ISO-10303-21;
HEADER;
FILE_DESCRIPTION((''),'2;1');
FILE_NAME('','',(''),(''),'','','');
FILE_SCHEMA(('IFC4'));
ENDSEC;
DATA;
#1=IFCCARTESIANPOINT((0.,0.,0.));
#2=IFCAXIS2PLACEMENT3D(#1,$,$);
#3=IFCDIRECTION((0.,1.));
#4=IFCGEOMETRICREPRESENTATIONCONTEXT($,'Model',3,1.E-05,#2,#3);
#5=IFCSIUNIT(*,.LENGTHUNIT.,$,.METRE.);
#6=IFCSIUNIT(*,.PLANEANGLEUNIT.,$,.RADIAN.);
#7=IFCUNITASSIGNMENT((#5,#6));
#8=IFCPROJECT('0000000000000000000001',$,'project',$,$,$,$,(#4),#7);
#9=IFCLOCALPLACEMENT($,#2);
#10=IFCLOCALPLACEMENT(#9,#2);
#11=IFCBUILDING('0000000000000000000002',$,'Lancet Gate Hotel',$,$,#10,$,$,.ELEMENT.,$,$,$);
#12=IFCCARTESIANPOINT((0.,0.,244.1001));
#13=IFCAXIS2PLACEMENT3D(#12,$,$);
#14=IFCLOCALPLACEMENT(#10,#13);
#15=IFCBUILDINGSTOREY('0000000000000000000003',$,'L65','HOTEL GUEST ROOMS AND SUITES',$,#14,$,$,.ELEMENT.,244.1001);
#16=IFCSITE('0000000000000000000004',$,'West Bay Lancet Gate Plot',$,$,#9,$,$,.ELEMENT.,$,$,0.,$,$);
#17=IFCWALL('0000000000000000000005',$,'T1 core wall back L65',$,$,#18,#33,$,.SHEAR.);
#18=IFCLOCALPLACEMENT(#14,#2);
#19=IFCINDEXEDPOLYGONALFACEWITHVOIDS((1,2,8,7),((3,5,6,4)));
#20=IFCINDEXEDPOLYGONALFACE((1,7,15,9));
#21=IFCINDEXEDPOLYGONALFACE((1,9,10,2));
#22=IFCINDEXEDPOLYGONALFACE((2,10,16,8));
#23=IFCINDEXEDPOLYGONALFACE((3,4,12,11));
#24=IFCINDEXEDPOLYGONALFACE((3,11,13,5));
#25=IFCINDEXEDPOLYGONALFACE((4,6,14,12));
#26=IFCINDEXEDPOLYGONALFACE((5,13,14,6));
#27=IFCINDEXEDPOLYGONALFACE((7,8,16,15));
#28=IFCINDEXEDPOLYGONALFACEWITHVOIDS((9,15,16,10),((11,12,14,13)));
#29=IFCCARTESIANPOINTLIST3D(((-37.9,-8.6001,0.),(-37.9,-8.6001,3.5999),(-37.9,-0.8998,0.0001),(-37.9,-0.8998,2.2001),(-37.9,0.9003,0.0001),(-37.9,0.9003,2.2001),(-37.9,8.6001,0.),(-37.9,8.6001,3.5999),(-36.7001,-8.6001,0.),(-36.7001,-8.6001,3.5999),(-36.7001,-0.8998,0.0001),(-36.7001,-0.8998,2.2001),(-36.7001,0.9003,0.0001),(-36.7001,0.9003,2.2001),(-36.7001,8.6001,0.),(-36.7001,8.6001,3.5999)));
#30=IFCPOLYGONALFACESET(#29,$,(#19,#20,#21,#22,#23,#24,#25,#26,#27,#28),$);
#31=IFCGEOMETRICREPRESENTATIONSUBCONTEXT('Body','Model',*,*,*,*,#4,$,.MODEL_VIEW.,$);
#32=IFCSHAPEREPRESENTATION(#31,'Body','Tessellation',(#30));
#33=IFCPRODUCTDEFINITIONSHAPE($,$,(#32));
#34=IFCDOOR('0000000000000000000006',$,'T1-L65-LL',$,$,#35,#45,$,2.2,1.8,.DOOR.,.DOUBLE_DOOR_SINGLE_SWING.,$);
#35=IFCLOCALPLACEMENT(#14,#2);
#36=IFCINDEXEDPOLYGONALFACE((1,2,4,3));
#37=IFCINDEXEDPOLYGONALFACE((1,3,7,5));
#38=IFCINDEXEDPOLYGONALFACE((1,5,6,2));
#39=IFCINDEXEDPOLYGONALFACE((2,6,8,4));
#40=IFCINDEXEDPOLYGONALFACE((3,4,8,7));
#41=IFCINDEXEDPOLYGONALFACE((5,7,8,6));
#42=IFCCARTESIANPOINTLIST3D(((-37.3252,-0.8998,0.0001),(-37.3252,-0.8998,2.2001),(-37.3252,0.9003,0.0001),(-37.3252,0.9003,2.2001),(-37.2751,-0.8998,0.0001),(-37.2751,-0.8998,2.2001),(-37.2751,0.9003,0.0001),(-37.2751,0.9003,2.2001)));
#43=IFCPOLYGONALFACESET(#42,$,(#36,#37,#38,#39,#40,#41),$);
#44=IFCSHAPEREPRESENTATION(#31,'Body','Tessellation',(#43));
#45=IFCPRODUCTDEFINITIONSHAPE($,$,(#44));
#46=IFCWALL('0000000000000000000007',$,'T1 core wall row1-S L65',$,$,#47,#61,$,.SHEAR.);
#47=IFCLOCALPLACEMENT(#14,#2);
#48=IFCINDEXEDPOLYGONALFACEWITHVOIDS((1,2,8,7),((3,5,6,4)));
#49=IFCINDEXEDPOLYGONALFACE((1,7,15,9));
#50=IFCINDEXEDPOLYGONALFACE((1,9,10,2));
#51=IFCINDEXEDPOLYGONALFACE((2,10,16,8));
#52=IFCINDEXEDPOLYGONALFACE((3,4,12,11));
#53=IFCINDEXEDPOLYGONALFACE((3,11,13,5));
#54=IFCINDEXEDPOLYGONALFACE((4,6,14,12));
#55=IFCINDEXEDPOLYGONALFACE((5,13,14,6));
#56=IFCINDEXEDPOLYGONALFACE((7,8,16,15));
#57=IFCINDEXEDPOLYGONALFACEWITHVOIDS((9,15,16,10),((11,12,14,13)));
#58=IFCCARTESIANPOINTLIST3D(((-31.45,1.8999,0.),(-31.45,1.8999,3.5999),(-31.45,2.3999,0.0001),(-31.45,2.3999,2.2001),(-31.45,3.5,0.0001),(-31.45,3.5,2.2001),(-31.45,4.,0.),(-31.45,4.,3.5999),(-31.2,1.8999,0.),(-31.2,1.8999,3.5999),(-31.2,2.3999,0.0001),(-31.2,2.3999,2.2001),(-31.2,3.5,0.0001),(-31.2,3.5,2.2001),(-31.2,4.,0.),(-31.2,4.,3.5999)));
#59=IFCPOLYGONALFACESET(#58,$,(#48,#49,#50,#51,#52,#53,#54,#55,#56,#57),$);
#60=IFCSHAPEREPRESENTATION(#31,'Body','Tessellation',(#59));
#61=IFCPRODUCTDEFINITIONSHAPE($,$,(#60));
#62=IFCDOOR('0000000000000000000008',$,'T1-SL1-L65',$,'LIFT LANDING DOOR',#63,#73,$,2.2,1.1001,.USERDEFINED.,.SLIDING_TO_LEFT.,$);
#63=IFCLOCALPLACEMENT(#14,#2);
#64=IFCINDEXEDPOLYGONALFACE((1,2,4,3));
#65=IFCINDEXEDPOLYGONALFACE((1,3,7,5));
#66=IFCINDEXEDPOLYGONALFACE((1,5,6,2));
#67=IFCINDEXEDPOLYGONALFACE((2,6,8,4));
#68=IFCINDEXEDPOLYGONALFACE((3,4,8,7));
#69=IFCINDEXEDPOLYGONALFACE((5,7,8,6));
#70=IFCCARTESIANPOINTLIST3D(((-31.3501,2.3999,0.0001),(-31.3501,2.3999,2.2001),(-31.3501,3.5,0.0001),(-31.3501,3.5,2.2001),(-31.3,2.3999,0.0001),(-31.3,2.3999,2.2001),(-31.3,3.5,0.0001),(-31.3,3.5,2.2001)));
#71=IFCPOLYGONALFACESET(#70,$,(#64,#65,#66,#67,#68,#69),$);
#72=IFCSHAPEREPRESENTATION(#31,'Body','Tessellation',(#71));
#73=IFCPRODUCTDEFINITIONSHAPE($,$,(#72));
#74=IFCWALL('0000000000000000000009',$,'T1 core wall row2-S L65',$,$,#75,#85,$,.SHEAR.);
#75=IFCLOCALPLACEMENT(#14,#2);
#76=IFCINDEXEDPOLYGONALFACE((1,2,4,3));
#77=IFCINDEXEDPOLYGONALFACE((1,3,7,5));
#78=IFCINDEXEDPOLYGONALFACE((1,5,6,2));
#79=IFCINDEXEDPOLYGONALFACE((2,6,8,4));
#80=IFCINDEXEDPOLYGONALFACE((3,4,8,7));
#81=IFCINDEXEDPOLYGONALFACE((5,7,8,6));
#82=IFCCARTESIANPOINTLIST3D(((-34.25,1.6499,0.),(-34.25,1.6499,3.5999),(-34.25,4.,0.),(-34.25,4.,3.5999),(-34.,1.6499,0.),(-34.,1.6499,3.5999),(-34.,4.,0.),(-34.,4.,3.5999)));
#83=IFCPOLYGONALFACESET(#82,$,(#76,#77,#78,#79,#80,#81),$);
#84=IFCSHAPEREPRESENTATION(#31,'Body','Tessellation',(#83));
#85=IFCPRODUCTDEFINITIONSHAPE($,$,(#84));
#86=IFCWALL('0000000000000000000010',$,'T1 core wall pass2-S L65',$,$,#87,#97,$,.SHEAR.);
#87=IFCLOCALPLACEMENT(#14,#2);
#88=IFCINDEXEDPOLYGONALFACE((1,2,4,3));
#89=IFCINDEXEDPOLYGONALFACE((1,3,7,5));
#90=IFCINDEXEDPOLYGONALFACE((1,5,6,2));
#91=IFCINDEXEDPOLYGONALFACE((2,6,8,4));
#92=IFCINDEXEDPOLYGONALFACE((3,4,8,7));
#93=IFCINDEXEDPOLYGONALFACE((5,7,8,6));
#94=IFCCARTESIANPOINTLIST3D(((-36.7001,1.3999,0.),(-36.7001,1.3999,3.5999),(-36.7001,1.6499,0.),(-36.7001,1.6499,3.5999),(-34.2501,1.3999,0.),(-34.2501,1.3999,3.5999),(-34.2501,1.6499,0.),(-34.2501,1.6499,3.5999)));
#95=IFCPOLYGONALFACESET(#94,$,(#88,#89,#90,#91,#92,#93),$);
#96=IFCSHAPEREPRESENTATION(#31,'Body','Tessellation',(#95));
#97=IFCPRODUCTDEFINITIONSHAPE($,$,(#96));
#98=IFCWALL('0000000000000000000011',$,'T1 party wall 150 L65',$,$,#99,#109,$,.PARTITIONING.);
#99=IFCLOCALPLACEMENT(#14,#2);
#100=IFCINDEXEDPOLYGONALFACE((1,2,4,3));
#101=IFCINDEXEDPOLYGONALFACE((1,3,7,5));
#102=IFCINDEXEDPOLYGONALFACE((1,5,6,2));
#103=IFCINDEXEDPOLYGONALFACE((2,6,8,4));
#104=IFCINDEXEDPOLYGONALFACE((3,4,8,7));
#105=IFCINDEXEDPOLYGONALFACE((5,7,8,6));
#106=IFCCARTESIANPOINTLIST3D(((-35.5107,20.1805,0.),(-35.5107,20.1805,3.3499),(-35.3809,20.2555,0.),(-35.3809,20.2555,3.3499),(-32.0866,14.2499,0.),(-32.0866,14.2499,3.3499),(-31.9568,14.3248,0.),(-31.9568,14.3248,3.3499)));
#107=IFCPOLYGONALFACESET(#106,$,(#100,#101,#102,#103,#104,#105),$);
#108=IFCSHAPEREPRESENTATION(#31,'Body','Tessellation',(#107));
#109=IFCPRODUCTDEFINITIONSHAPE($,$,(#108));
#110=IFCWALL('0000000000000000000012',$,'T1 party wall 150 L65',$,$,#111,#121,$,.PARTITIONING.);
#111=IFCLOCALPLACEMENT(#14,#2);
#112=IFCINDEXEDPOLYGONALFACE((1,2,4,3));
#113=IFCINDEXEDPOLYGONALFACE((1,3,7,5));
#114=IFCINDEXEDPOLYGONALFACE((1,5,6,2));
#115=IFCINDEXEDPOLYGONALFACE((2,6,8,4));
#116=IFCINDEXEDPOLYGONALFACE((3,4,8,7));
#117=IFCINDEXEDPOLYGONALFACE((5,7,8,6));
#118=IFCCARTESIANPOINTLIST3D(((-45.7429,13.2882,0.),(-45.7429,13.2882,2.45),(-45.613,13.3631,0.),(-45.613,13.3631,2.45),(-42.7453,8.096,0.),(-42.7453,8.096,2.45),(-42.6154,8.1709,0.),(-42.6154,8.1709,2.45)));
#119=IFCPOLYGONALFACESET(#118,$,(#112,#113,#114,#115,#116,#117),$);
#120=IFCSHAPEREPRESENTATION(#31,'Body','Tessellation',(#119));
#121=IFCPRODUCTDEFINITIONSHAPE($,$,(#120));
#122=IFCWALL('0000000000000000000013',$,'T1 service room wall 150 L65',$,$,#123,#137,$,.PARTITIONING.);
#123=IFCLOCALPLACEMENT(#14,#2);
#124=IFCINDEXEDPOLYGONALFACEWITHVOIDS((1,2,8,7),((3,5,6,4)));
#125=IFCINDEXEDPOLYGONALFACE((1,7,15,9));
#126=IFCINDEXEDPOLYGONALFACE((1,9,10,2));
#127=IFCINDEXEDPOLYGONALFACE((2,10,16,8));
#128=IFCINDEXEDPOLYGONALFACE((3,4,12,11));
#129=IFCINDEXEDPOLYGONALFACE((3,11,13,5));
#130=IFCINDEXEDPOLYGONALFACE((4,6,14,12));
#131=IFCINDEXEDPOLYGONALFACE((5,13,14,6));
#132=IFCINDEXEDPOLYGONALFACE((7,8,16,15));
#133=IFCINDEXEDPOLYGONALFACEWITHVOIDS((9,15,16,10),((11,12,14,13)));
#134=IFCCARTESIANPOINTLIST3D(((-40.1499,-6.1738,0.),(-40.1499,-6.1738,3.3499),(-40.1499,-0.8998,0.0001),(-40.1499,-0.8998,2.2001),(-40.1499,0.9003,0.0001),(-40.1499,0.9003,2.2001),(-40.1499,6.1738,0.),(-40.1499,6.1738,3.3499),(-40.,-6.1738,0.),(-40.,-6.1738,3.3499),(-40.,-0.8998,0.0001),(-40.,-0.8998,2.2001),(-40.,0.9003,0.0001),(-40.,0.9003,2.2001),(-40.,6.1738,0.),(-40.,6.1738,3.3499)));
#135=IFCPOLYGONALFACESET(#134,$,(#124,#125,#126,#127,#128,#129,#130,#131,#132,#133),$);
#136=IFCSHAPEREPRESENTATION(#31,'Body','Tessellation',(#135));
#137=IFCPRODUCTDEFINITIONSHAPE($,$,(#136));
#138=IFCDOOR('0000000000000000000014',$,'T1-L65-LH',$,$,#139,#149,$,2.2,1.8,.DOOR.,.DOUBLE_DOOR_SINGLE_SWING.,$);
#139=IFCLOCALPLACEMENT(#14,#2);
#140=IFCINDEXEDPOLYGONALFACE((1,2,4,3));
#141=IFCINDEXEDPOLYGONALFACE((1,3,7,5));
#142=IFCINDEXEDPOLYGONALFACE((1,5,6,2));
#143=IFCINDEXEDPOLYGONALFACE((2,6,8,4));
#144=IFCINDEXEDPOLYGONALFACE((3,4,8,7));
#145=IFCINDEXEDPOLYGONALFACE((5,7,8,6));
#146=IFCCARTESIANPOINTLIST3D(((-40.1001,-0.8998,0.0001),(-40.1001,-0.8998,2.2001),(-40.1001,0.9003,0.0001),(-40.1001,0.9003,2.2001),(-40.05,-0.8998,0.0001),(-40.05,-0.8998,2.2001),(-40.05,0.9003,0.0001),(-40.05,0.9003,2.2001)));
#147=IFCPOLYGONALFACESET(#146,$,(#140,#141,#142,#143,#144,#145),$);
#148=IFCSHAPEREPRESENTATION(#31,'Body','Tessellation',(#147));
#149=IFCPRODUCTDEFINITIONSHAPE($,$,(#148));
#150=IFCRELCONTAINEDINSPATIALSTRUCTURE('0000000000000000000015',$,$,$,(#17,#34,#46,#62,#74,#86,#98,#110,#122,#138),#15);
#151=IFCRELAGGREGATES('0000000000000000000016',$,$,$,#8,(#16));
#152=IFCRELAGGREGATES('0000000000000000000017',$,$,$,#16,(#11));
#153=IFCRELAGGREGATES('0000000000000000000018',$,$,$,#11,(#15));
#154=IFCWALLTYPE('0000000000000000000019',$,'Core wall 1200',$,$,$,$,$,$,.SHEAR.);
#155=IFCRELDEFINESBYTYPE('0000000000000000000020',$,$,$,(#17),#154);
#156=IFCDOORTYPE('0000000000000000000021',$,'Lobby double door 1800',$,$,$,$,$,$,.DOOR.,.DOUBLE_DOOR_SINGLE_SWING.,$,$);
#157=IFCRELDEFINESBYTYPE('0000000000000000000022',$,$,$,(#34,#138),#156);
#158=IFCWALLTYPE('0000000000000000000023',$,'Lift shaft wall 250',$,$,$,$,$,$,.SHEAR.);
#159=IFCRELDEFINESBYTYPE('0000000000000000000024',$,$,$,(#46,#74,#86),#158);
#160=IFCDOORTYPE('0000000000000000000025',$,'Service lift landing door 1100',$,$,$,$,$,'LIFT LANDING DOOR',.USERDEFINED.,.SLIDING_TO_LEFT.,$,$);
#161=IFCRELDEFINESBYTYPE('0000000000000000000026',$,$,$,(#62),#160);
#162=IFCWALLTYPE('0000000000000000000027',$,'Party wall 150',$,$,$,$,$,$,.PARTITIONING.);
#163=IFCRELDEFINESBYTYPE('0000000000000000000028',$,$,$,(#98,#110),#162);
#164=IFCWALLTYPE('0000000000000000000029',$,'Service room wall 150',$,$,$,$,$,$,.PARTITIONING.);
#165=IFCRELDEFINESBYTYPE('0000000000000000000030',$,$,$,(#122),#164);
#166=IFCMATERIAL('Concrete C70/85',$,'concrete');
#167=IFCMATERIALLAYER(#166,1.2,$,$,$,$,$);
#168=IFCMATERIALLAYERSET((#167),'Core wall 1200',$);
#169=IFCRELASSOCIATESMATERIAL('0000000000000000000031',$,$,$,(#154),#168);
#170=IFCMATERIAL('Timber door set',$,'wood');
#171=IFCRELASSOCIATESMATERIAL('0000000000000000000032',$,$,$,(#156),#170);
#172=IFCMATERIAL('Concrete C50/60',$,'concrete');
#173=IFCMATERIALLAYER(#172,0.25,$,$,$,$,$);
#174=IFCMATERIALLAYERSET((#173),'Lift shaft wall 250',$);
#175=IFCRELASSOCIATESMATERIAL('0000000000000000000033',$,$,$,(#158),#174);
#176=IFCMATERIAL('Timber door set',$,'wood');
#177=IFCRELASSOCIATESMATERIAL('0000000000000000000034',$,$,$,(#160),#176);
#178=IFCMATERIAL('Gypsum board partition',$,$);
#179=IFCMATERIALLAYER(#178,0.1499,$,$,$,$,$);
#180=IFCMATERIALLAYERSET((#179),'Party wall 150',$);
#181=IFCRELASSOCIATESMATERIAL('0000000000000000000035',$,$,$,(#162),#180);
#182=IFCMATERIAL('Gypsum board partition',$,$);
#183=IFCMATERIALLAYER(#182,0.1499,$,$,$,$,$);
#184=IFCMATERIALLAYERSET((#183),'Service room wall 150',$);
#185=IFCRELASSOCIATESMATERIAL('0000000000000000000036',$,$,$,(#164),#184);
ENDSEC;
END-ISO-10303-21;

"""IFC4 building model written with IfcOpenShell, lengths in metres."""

from ifc_helpers import new_model, si_unit, direction, frame, frame_2d, origin, place, context, subcontext, project, spatial, rectangle, extrude, material, layer, layer_set, type_object, element, fill, save


model = new_model("IFC4")

# Units and contexts
model_context = context("Model", 3, precision=1e-05, world=origin(), true_north=direction((0.0, 1.0)))
body_context = subcontext(model_context, "Body", "Model", "MODEL_VIEW")
ifc_project = project(units=[si_unit("LENGTHUNIT", "METRE"), si_unit("PLANEANGLEUNIT", "RADIAN")], contexts=[model_context])

# Site, building, storey
site_placement = place(None, origin())
site = spatial("IfcSite", under=ifc_project, at=site_placement, Name="West Bay Lancet Gate Plot", CompositionType="ELEMENT", RefElevation=0.0)
building_placement = place(site_placement, origin())
building = spatial("IfcBuilding", under=site, at=building_placement, Name="Lancet Gate Hotel", CompositionType="ELEMENT")
storey_placement = place(building_placement, frame((0.0, 0.0, 244.1001)))
storey = spatial("IfcBuildingStorey", under=building, at=storey_placement, Name="L65", Description="HOTEL GUEST ROOMS AND SUITES", CompositionType="ELEMENT", Elevation=244.1001)

# Walls, openings, doors
ifc_material_1 = material(Name="Concrete C70/85", Category="concrete")
ifc_layer_1 = layer(ifc_material_1, 1.2)
ifc_layer_set_1 = layer_set([ifc_layer_1], Name="Core wall 1200")
wall_type_1 = type_object("IfcWallType", Name="Core wall 1200", PredefinedType="SHEAR", material=ifc_layer_set_1)
wall_1_placement = place(storey_placement, frame((-37.3, 8.6001, 0.0), z_axis=(0.0, 0.0, 1.0), x_axis=(0.0, -1.0, 0.0)))
wall_1 = element("IfcWall", 1, at=wall_1_placement, inside=storey, type_object=wall_type_1, Name="T1 core wall back L65", PredefinedType="SHEAR", context=body_context, shape_type="SweptSolid", body=[
    extrude(rectangle(XDim=17.2002, YDim=1.2, at=frame_2d((8.6001, 0.0))), origin(), (0.0, 0.0, 1.0), 3.5999),
])
opening_1_placement = place(wall_1_placement, frame((7.7, 0.0, 0.0)))
opening_1 = element("IfcOpeningElement", 2, at=opening_1_placement, cuts=wall_1, PredefinedType="OPENING", context=body_context, shape_type="SweptSolid", body=[
    extrude(rectangle(XDim=1.8, YDim=2.2, at=frame_2d((0.8999, 1.1001))), frame((0.0, 0.6099, 0.0), z_axis=(0.0, -1.0, 0.0), x_axis=(1.0, 0.0, 0.0)), (0.0, 0.0, 1.0), 1.22),
])
ifc_material_2 = material(Name="Timber door set", Category="wood")
door_type_1 = type_object("IfcDoorType", Name="Lobby double door 1800", OperationType="DOUBLE_DOOR_SINGLE_SWING", PredefinedType="DOOR", material=ifc_material_2)
door_1_placement = place(opening_1_placement, origin())
door_1 = element("IfcDoor", 3, at=door_1_placement, inside=storey, type_object=door_type_1, Name="T1-L65-LL", OperationType="DOUBLE_DOOR_SINGLE_SWING", OverallHeight=2.2, OverallWidth=1.8, PredefinedType="DOOR", context=body_context, shape_type="SweptSolid", body=[
    extrude(rectangle(XDim=1.8, YDim=2.2, at=frame_2d((0.8999, 1.1001))), frame((0.0, 0.0249, 0.0), z_axis=(0.0, -1.0, 0.0), x_axis=(1.0, 0.0, 0.0)), (0.0, 0.0, 1.0), 0.05),
])
fill(opening_1, door_1)
ifc_material_3 = material(Name="Concrete C50/60", Category="concrete")
ifc_layer_2 = layer(ifc_material_3, 0.25)
ifc_layer_set_2 = layer_set([ifc_layer_2], Name="Lift shaft wall 250")
wall_type_2 = type_object("IfcWallType", Name="Lift shaft wall 250", PredefinedType="SHEAR", material=ifc_layer_set_2)
wall_2_placement = place(storey_placement, frame((-31.325, 4.0, 0.0), z_axis=(0.0, 0.0, 1.0), x_axis=(0.0, -1.0, 0.0)))
wall_2 = element("IfcWall", 4, at=wall_2_placement, inside=storey, type_object=wall_type_2, Name="T1 core wall row1-S L65", PredefinedType="SHEAR", context=body_context, shape_type="SweptSolid", body=[
    extrude(rectangle(XDim=2.1001, YDim=0.25, at=frame_2d((1.05, 0.0))), origin(), (0.0, 0.0, 1.0), 3.5999),
])
opening_2_placement = place(wall_2_placement, frame((0.5, 0.0, 0.0)))
opening_2 = element("IfcOpeningElement", 5, at=opening_2_placement, cuts=wall_2, PredefinedType="OPENING", context=body_context, shape_type="SweptSolid", body=[
    extrude(rectangle(XDim=1.1001, YDim=2.2, at=frame_2d((0.55, 1.1001))), frame((0.0, 0.135, 0.0), z_axis=(0.0, -1.0, 0.0), x_axis=(1.0, 0.0, 0.0)), (0.0, 0.0, 1.0), 0.27),
])
ifc_material_4 = material(Name="Timber door set", Category="wood")
door_type_2 = type_object("IfcDoorType", Name="Service lift landing door 1100", ElementType="LIFT LANDING DOOR", OperationType="SLIDING_TO_LEFT", PredefinedType="USERDEFINED", material=ifc_material_4)
door_2_placement = place(opening_2_placement, origin())
door_2 = element("IfcDoor", 6, at=door_2_placement, inside=storey, type_object=door_type_2, Name="T1-SL1-L65", ObjectType="LIFT LANDING DOOR", OperationType="SLIDING_TO_LEFT", OverallHeight=2.2, OverallWidth=1.1001, PredefinedType="USERDEFINED", context=body_context, shape_type="SweptSolid", body=[
    extrude(rectangle(XDim=1.1001, YDim=2.2, at=frame_2d((0.55, 1.1001))), frame((0.0, 0.0249, 0.0), z_axis=(0.0, -1.0, 0.0), x_axis=(1.0, 0.0, 0.0)), (0.0, 0.0, 1.0), 0.05),
])
fill(opening_2, door_2)

# Walls
wall_3_placement = place(storey_placement, frame((-34.125, 4.0, 0.0), z_axis=(0.0, 0.0, 1.0), x_axis=(0.0, -1.0, 0.0)))
element("IfcWall", 7, at=wall_3_placement, inside=storey, type_object=wall_type_2, Name="T1 core wall row2-S L65", PredefinedType="SHEAR", context=body_context, shape_type="SweptSolid", body=[
    extrude(rectangle(XDim=2.3501, YDim=0.25, at=frame_2d((1.175, 0.0))), origin(), (0.0, 0.0, 1.0), 3.5999),
])
wall_4_placement = place(storey_placement, frame((-34.25, 1.5249, 0.0), z_axis=(0.0, 0.0, 1.0), x_axis=(-1.0, 0.0, 0.0)))
element("IfcWall", 8, at=wall_4_placement, inside=storey, type_object=wall_type_2, Name="T1 core wall pass2-S L65", PredefinedType="SHEAR", context=body_context, shape_type="SweptSolid", body=[
    extrude(rectangle(XDim=2.45, YDim=0.25, at=frame_2d((1.2251, 0.0))), origin(), (0.0, 0.0, 1.0), 3.5999),
])
ifc_material_5 = material(Name="Gypsum board partition")
ifc_layer_3 = layer(ifc_material_5, 0.1499)
ifc_layer_set_3 = layer_set([ifc_layer_3], Name="Party wall 150")
wall_type_3 = type_object("IfcWallType", Name="Party wall 150", PredefinedType="PARTITIONING", material=ifc_layer_set_3)
wall_5_placement = place(storey_placement, frame((-32.0217, 14.2874, 0.0), z_axis=(0.0, 0.0, 1.0), x_axis=(-0.5, 0.866025, 0.0)))
element("IfcWall", 9, at=wall_5_placement, inside=storey, type_object=wall_type_3, Name="T1 party wall 150 L65", PredefinedType="PARTITIONING", context=body_context, shape_type="SweptSolid", body=[
    extrude(rectangle(XDim=6.8481, YDim=0.1499, at=frame_2d((3.4241, 0.0))), origin(), (0.0, 0.0, 1.0), 3.3499),
])
wall_6_placement = place(storey_placement, frame((-42.6804, 8.1335, 0.0), z_axis=(0.0, 0.0, 1.0), x_axis=(-0.499984, 0.866034, 0.0)))
element("IfcWall", 10, at=wall_6_placement, inside=storey, type_object=wall_type_3, Name="T1 party wall 150 L65", PredefinedType="PARTITIONING", context=body_context, shape_type="SweptSolid", body=[
    extrude(rectangle(XDim=5.9954, YDim=0.1499, at=frame_2d((2.9976, 0.0))), origin(), (0.0, 0.0, 1.0), 2.45),
])

# Wall, opening, door
ifc_material_6 = material(Name="Gypsum board partition")
ifc_layer_4 = layer(ifc_material_6, 0.1499)
ifc_layer_set_4 = layer_set([ifc_layer_4], Name="Service room wall 150")
wall_type_4 = type_object("IfcWallType", Name="Service room wall 150", PredefinedType="PARTITIONING", material=ifc_layer_set_4)
wall_7_placement = place(storey_placement, frame((-40.075, 6.1738, 0.0), z_axis=(0.0, 0.0, 1.0), x_axis=(0.0, -1.0, 0.0)))
wall_7 = element("IfcWall", 11, at=wall_7_placement, inside=storey, type_object=wall_type_4, Name="T1 service room wall 150 L65", PredefinedType="PARTITIONING", context=body_context, shape_type="SweptSolid", body=[
    extrude(rectangle(XDim=12.3477, YDim=0.1499, at=frame_2d((6.1738, 0.0))), origin(), (0.0, 0.0, 1.0), 3.3499),
])
opening_3_placement = place(wall_7_placement, frame((5.2737, 0.0, 0.0)))
opening_3 = element("IfcOpeningElement", 12, at=opening_3_placement, cuts=wall_7, PredefinedType="OPENING", context=body_context, shape_type="SweptSolid", body=[
    extrude(rectangle(XDim=1.8, YDim=2.2, at=frame_2d((0.8999, 1.1001))), frame((0.0, 0.085, 0.0), z_axis=(0.0, -1.0, 0.0), x_axis=(1.0, 0.0, 0.0)), (0.0, 0.0, 1.0), 0.1699),
])
door_3_placement = place(opening_3_placement, origin())
door_3 = element("IfcDoor", 13, at=door_3_placement, inside=storey, type_object=door_type_1, Name="T1-L65-LH", OperationType="DOUBLE_DOOR_SINGLE_SWING", OverallHeight=2.2, OverallWidth=1.8, PredefinedType="DOOR", context=body_context, shape_type="SweptSolid", body=[
    extrude(rectangle(XDim=1.8, YDim=2.2, at=frame_2d((0.8999, 1.1001))), frame((0.0, 0.0249, 0.0), z_axis=(0.0, -1.0, 0.0), x_axis=(1.0, 0.0, 0.0)), (0.0, 0.0, 1.0), 0.05),
])
fill(opening_3, door_3)

save(model, "model.ifc")
